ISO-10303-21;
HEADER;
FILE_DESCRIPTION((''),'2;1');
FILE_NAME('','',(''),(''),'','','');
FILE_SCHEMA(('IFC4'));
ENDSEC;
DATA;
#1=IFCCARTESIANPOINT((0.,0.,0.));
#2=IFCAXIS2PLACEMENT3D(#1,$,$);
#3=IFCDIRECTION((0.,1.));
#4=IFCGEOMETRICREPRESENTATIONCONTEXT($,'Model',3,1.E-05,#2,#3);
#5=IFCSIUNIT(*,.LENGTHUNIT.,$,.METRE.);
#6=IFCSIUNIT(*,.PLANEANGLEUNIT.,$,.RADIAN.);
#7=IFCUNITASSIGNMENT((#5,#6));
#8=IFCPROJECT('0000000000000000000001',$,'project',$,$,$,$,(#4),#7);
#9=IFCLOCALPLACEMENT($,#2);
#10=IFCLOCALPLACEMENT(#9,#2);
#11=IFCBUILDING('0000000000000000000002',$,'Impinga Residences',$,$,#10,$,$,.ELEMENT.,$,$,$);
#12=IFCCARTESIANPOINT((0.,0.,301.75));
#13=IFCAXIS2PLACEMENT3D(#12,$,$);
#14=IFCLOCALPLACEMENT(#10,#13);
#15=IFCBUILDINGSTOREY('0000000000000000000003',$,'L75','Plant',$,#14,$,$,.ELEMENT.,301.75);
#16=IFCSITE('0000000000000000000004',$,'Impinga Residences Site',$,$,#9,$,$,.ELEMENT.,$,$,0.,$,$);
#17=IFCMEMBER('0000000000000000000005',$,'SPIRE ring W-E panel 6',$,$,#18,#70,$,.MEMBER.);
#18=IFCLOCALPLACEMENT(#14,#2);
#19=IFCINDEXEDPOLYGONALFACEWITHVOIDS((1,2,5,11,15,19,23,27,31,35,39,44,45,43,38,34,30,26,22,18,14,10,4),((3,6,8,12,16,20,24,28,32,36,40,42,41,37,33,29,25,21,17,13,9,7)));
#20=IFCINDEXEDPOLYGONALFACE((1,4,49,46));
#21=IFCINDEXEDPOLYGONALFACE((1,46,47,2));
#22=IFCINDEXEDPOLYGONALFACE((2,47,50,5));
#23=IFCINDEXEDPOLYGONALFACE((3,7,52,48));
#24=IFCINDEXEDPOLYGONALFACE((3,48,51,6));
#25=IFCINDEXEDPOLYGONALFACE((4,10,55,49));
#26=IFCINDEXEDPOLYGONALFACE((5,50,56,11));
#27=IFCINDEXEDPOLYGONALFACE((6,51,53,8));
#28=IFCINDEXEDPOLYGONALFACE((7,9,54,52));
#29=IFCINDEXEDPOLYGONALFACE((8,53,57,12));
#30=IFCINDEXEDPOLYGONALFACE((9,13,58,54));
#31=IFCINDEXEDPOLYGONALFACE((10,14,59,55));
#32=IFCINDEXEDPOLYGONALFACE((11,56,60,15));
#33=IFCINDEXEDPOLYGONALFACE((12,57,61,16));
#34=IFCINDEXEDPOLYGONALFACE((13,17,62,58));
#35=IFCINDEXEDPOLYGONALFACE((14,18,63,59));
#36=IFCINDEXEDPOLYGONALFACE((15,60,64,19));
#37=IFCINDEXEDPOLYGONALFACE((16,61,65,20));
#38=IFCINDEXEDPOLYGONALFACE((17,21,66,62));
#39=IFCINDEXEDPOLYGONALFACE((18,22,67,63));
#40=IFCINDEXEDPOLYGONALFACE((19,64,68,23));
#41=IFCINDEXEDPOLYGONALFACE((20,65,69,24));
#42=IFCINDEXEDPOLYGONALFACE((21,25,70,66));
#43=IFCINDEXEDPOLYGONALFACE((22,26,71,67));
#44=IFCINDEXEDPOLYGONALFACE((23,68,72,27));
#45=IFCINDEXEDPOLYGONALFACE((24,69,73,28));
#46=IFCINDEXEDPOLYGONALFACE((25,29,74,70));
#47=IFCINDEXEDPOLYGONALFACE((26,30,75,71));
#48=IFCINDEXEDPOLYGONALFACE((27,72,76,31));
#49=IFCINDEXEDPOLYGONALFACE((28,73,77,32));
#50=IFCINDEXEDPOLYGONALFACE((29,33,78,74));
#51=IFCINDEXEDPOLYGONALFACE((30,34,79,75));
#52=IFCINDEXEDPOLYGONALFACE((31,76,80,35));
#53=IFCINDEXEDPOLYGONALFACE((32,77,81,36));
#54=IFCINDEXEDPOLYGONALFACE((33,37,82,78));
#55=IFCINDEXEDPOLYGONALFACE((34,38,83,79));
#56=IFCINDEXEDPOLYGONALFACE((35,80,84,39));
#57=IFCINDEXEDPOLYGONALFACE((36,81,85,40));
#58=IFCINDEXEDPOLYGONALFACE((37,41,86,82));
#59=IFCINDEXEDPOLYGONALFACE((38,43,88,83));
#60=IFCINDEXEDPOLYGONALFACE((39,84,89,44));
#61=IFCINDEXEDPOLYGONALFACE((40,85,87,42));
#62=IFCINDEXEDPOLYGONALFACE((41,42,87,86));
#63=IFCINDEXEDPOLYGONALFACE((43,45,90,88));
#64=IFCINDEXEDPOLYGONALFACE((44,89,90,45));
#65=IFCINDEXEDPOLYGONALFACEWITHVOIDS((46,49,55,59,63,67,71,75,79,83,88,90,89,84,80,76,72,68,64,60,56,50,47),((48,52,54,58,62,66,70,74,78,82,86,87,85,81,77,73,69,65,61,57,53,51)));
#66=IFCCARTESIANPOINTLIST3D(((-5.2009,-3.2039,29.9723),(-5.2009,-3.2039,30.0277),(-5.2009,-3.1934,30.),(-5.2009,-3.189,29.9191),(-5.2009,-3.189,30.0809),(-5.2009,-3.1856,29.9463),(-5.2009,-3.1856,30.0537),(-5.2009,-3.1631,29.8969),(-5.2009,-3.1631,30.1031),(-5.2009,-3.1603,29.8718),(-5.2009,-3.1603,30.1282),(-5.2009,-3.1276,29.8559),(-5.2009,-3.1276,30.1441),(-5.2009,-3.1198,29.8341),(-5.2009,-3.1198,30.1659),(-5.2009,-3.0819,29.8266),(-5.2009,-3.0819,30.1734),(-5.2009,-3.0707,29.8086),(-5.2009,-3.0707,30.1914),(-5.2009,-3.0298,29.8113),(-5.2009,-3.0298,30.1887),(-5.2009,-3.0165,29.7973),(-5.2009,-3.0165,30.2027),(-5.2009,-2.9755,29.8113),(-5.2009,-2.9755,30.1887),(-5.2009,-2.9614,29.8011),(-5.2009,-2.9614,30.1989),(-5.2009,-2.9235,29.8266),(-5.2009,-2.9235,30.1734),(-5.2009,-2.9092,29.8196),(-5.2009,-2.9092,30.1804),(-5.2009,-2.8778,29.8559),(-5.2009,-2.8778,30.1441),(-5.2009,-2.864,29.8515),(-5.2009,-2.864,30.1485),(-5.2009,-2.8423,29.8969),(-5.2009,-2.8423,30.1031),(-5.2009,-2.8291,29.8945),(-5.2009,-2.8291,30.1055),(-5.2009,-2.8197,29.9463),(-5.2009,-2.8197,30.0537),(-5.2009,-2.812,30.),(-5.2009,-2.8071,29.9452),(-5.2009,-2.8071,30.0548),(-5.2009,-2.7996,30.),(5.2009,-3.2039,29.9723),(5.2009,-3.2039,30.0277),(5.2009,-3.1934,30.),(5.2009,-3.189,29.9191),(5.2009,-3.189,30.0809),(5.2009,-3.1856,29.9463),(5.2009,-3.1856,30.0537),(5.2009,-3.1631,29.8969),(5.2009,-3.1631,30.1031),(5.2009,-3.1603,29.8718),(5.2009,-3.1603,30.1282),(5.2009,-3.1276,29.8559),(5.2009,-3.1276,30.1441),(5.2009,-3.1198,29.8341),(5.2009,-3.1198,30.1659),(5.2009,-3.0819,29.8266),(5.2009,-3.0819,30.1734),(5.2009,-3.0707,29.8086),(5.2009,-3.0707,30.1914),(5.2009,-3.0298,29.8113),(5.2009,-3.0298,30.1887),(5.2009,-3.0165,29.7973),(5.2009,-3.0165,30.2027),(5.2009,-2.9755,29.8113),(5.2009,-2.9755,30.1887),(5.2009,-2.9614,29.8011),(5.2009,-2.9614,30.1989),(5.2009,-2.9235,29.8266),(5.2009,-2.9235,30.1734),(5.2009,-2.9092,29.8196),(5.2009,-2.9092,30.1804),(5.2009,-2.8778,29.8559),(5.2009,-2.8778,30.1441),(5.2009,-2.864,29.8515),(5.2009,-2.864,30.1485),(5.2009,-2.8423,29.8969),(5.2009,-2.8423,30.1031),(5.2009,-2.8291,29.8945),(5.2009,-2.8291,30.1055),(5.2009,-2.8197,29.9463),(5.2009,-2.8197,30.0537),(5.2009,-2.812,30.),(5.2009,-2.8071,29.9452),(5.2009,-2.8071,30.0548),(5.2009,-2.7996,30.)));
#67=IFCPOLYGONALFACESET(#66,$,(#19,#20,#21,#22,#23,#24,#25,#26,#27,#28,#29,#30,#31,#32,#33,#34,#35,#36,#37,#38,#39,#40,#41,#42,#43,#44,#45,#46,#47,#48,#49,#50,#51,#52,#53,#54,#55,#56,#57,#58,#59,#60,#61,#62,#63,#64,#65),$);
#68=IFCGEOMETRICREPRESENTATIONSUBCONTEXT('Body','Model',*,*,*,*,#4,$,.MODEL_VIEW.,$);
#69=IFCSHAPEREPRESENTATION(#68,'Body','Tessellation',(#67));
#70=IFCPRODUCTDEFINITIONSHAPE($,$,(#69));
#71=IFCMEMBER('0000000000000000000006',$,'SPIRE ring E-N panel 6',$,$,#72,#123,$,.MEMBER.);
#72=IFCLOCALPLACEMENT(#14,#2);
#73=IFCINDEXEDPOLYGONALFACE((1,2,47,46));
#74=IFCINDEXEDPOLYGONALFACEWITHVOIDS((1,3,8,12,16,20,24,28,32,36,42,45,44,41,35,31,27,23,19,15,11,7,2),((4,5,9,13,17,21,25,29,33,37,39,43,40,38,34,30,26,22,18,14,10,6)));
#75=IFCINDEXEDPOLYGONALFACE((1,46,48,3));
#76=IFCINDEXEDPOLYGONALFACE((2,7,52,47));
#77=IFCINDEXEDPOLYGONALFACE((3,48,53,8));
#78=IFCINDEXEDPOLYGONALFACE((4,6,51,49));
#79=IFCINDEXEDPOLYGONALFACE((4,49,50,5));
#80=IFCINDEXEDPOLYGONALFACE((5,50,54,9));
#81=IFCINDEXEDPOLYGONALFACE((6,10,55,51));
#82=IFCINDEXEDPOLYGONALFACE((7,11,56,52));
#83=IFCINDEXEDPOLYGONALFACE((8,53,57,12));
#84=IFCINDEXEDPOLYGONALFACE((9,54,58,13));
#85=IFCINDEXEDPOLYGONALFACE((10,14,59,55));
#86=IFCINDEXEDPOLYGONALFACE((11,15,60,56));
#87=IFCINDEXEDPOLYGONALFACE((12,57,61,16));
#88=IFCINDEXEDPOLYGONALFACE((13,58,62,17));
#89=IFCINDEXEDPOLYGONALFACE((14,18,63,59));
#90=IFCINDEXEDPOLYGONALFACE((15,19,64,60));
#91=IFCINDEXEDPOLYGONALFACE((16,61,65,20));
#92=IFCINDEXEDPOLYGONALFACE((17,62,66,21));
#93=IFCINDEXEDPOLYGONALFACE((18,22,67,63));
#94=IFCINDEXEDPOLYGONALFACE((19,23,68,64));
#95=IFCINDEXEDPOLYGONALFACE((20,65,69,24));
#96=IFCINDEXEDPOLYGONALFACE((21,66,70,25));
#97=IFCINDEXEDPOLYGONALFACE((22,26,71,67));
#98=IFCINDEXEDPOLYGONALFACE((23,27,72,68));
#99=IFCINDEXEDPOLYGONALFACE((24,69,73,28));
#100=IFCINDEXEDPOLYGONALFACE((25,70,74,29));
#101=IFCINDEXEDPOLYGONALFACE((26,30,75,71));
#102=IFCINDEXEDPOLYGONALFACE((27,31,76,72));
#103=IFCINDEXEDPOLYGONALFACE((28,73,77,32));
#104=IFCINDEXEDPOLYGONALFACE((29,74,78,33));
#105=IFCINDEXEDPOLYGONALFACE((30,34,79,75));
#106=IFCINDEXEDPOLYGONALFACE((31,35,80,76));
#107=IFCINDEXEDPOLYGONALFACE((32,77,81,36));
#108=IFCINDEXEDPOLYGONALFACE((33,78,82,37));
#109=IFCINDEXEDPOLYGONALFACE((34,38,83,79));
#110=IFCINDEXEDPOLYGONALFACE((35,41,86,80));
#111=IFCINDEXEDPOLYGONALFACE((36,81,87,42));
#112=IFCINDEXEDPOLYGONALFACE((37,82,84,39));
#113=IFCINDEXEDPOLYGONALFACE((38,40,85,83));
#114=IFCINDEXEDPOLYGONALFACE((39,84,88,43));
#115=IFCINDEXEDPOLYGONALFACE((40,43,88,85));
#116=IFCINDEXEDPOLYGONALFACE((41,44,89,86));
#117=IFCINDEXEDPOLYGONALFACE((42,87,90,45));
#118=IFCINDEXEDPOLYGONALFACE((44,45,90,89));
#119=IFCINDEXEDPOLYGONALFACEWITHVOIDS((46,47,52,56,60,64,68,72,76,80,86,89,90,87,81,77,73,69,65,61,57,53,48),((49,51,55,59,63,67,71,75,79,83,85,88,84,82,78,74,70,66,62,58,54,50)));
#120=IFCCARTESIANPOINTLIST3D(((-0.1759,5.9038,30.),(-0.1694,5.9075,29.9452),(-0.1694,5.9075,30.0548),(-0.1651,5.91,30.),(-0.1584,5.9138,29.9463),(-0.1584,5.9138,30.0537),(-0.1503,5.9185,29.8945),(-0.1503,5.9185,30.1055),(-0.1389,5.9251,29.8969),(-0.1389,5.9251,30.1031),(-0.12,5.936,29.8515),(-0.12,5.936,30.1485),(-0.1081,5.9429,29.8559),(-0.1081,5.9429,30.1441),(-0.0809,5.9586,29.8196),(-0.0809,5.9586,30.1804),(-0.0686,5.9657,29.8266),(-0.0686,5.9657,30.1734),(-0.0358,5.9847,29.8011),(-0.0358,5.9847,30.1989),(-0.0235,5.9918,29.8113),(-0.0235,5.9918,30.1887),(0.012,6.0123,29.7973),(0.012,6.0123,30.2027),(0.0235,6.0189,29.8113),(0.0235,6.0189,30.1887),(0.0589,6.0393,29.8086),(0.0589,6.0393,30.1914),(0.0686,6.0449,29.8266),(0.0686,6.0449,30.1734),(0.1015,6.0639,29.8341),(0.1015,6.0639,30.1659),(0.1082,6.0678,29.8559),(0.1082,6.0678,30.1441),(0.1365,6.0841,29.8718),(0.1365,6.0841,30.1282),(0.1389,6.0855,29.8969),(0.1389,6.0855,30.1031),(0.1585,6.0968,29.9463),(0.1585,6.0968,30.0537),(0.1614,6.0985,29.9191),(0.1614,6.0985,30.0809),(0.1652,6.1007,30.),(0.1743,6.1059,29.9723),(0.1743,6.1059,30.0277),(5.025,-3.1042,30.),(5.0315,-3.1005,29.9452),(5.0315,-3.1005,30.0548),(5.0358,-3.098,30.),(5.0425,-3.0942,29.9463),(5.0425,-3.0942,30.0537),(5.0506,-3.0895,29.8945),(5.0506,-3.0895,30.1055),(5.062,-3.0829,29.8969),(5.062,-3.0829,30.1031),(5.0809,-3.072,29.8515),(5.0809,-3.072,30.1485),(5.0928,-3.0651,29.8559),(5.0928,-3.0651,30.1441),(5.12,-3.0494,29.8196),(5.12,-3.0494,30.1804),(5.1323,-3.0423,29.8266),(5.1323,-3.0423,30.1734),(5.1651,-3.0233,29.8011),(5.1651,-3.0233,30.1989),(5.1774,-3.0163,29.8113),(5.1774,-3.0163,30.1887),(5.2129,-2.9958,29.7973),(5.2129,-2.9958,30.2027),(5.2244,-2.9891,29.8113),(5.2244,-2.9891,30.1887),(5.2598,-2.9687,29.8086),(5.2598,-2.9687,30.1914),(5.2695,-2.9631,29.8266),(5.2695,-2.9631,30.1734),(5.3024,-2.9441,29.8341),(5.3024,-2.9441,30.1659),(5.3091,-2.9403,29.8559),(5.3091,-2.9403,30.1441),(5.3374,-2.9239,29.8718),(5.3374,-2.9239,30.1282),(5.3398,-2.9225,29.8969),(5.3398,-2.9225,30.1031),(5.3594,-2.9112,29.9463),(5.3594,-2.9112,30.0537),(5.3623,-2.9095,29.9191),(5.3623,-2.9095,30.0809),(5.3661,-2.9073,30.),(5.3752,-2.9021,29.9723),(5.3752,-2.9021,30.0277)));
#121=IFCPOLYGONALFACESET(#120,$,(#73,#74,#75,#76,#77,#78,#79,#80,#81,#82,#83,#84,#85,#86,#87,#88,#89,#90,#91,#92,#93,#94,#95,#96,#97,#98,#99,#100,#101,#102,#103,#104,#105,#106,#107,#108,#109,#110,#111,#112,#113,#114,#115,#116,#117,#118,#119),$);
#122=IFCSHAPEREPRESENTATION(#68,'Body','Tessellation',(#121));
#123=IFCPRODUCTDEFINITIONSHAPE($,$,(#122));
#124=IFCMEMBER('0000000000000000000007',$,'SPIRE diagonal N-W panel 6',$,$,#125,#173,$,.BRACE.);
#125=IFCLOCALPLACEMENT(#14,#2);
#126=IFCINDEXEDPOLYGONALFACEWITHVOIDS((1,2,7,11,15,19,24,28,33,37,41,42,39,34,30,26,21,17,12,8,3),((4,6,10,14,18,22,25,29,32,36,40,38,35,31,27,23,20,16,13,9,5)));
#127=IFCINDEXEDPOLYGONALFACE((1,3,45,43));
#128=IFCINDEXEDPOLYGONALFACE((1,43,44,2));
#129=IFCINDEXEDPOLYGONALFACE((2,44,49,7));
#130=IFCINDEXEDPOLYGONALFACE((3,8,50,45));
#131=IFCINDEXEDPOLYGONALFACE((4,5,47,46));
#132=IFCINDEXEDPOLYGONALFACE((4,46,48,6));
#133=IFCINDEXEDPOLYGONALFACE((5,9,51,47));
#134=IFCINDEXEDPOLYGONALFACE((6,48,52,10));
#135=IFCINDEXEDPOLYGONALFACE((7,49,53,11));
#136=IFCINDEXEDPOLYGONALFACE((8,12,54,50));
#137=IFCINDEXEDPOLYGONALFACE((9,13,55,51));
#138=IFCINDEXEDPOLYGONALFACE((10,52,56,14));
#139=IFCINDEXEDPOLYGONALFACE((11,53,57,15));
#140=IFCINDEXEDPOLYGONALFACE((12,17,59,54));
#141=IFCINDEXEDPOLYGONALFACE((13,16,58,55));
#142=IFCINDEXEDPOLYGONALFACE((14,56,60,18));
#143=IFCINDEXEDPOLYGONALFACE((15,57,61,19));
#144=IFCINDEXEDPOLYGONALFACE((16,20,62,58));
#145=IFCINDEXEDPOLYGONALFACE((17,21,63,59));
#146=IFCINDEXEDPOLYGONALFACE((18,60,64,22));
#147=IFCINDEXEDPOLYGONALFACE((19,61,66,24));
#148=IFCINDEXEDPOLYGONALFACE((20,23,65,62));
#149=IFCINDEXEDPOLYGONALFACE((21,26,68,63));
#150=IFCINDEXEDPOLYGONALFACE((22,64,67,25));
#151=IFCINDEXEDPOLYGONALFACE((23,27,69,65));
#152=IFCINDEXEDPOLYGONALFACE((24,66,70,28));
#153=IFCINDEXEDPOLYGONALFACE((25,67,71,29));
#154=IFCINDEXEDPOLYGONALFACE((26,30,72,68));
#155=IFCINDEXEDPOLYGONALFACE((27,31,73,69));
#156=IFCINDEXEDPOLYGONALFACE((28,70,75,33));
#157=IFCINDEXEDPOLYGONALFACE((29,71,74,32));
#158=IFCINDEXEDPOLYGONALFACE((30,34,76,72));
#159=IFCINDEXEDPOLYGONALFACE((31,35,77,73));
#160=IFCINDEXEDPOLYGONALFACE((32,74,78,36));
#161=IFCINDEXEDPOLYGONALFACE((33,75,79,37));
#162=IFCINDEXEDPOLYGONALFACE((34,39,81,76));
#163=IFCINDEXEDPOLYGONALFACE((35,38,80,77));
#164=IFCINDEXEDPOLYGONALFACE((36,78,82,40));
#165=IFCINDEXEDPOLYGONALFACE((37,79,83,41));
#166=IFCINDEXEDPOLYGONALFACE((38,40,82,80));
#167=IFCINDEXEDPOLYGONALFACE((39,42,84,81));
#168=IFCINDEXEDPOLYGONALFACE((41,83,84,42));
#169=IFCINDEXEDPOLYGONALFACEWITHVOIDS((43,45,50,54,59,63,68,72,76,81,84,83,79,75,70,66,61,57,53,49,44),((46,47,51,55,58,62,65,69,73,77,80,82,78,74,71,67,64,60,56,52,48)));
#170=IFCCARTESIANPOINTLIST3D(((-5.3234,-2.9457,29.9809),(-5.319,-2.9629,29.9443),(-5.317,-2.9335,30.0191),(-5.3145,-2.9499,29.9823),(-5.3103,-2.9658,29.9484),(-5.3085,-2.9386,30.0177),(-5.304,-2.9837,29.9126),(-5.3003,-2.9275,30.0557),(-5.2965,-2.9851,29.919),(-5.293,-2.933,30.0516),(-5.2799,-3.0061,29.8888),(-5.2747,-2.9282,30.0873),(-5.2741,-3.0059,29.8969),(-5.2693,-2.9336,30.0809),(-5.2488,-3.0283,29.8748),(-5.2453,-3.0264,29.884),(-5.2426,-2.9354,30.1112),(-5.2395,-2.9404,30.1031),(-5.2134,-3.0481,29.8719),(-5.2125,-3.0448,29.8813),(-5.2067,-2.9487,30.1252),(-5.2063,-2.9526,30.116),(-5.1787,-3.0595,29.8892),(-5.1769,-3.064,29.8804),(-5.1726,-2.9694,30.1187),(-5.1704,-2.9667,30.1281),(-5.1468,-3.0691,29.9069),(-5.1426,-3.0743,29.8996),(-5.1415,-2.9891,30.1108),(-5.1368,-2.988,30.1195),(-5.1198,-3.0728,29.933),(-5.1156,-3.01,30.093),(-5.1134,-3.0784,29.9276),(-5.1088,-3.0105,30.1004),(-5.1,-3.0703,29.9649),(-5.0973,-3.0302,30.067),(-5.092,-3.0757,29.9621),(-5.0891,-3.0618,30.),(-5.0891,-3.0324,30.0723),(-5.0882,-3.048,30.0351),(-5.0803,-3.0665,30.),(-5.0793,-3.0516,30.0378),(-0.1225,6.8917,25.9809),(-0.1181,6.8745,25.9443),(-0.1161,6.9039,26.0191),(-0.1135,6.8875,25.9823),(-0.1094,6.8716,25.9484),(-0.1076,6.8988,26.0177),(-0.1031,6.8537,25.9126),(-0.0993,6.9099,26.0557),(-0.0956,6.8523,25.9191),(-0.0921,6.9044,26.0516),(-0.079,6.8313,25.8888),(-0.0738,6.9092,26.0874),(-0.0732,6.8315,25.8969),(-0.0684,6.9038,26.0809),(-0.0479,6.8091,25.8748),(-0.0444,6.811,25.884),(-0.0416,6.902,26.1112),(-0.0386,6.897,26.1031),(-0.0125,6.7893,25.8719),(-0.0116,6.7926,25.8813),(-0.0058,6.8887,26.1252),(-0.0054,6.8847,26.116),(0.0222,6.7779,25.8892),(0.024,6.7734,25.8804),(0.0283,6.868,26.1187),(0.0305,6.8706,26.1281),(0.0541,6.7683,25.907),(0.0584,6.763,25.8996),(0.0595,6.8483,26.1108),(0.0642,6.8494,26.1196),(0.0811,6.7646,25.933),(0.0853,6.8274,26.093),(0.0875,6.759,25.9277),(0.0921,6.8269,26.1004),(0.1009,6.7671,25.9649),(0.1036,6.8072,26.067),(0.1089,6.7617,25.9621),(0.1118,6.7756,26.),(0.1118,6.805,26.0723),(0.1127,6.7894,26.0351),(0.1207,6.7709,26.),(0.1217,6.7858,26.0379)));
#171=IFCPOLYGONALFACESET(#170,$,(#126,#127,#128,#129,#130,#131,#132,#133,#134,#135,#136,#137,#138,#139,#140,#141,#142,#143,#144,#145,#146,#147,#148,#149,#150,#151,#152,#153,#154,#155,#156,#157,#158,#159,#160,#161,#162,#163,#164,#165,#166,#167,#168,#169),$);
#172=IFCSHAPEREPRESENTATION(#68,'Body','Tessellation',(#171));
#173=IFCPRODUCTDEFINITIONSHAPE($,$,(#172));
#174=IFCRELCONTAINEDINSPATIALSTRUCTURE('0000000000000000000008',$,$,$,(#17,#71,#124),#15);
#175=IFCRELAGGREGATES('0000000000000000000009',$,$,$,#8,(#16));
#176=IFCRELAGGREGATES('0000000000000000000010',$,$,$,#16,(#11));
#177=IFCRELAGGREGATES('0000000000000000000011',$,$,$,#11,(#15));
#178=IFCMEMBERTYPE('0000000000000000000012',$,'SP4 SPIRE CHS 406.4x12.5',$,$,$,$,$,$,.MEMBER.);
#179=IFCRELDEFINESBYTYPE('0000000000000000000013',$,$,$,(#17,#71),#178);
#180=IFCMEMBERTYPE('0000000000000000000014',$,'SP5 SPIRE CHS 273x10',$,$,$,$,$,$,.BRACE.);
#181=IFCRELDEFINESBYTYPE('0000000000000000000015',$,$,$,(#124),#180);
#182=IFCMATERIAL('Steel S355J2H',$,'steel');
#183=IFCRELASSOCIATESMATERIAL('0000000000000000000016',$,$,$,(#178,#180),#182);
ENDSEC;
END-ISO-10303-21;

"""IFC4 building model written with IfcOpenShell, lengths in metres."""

from ifc_helpers import new_model, si_unit, direction, frame, origin, origin_2d, place, context, subcontext, project, spatial, hollow_circle, extrude, material, material_profile, profile_set, type_object, element, save


model = new_model("IFC4")

# Units and contexts
model_context = context("Model", 3, precision=1e-05, world=origin(), true_north=direction((0.0, 1.0)))
body_context = subcontext(model_context, "Body", "Model", "MODEL_VIEW")
ifc_project = project(units=[si_unit("LENGTHUNIT", "METRE"), si_unit("PLANEANGLEUNIT", "RADIAN")], contexts=[model_context])

# Site, building, storey
site_placement = place(None, origin())
site = spatial("IfcSite", under=ifc_project, at=site_placement, Name="Impinga Residences Site", CompositionType="ELEMENT", RefElevation=0.0)
building_placement = place(site_placement, origin())
building = spatial("IfcBuilding", under=site, at=building_placement, Name="Impinga Residences", CompositionType="ELEMENT")
storey_placement = place(building_placement, frame((0.0, 0.0, 301.75)))
storey = spatial("IfcBuildingStorey", under=building, at=storey_placement, Name="L75", Description="Plant", CompositionType="ELEMENT", Elevation=301.75)

# Members
ifc_material = material(Name="Steel S355J2H", Category="steel")
ifc_material_profile_1 = material_profile(ifc_material, hollow_circle(Radius=0.2031, WallThickness=0.0125, at=origin_2d()), Name="CHS 406.4x12.5")
ifc_profile_set_1 = profile_set([ifc_material_profile_1], Name="Steel S355J2H")
member_type_1 = type_object("IfcMemberType", Name="SP4 SPIRE CHS 406.4x12.5", PredefinedType="MEMBER", material=ifc_profile_set_1)
member_1_placement = place(storey_placement, frame((-5.2009, -3.0027, 30.0), z_axis=(1.0, 0.0, 0.0), x_axis=(0.0, 1.0, 0.0)))
element("IfcMember", 1, at=member_1_placement, inside=storey, type_object=member_type_1, Name="SPIRE ring W-E panel 6", PredefinedType="MEMBER", context=body_context, shape_type="SweptSolid", body=[
    extrude(hollow_circle(Radius=0.2031, WallThickness=0.0125, at=origin_2d()), origin(), (0.0, 0.0, 1.0), 10.4019),
])
member_2_placement = place(storey_placement, frame((5.2009, -3.0027, 30.0), z_axis=(-0.500009, 0.86602, 0.0), x_axis=(-0.86602, -0.500009, 0.0)))
element("IfcMember", 2, at=member_2_placement, inside=storey, type_object=member_type_1, Name="SPIRE ring E-N panel 6", PredefinedType="MEMBER", context=body_context, shape_type="SweptSolid", body=[
    extrude(hollow_circle(Radius=0.2031, WallThickness=0.0125, at=origin_2d()), origin(), (0.0, 0.0, 1.0), 10.4016),
])
ifc_material_profile_2 = material_profile(ifc_material, hollow_circle(Radius=0.1365, WallThickness=0.01, at=origin_2d()), Name="CHS 273x10")
ifc_profile_set_2 = profile_set([ifc_material_profile_2], Name="Steel S355J2H")
member_type_2 = type_object("IfcMemberType", Name="SP5 SPIRE CHS 273x10", PredefinedType="BRACE", material=ifc_profile_set_2)
member_3_placement = place(storey_placement, frame((0.0, 6.8347, 26.0), z_axis=(-0.439835, -0.831935, 0.338274), x_axis=(0.884052, -0.467389, 0.0)))
element("IfcMember", 3, at=member_3_placement, inside=storey, type_object=member_type_2, Name="SPIRE diagonal N-W panel 6", PredefinedType="BRACE", context=body_context, shape_type="SweptSolid", body=[
    extrude(hollow_circle(Radius=0.1365, WallThickness=0.01, at=origin_2d()), origin(), (0.0, 0.0, 1.0), 11.8247),
])

save(model, "model.ifc")
